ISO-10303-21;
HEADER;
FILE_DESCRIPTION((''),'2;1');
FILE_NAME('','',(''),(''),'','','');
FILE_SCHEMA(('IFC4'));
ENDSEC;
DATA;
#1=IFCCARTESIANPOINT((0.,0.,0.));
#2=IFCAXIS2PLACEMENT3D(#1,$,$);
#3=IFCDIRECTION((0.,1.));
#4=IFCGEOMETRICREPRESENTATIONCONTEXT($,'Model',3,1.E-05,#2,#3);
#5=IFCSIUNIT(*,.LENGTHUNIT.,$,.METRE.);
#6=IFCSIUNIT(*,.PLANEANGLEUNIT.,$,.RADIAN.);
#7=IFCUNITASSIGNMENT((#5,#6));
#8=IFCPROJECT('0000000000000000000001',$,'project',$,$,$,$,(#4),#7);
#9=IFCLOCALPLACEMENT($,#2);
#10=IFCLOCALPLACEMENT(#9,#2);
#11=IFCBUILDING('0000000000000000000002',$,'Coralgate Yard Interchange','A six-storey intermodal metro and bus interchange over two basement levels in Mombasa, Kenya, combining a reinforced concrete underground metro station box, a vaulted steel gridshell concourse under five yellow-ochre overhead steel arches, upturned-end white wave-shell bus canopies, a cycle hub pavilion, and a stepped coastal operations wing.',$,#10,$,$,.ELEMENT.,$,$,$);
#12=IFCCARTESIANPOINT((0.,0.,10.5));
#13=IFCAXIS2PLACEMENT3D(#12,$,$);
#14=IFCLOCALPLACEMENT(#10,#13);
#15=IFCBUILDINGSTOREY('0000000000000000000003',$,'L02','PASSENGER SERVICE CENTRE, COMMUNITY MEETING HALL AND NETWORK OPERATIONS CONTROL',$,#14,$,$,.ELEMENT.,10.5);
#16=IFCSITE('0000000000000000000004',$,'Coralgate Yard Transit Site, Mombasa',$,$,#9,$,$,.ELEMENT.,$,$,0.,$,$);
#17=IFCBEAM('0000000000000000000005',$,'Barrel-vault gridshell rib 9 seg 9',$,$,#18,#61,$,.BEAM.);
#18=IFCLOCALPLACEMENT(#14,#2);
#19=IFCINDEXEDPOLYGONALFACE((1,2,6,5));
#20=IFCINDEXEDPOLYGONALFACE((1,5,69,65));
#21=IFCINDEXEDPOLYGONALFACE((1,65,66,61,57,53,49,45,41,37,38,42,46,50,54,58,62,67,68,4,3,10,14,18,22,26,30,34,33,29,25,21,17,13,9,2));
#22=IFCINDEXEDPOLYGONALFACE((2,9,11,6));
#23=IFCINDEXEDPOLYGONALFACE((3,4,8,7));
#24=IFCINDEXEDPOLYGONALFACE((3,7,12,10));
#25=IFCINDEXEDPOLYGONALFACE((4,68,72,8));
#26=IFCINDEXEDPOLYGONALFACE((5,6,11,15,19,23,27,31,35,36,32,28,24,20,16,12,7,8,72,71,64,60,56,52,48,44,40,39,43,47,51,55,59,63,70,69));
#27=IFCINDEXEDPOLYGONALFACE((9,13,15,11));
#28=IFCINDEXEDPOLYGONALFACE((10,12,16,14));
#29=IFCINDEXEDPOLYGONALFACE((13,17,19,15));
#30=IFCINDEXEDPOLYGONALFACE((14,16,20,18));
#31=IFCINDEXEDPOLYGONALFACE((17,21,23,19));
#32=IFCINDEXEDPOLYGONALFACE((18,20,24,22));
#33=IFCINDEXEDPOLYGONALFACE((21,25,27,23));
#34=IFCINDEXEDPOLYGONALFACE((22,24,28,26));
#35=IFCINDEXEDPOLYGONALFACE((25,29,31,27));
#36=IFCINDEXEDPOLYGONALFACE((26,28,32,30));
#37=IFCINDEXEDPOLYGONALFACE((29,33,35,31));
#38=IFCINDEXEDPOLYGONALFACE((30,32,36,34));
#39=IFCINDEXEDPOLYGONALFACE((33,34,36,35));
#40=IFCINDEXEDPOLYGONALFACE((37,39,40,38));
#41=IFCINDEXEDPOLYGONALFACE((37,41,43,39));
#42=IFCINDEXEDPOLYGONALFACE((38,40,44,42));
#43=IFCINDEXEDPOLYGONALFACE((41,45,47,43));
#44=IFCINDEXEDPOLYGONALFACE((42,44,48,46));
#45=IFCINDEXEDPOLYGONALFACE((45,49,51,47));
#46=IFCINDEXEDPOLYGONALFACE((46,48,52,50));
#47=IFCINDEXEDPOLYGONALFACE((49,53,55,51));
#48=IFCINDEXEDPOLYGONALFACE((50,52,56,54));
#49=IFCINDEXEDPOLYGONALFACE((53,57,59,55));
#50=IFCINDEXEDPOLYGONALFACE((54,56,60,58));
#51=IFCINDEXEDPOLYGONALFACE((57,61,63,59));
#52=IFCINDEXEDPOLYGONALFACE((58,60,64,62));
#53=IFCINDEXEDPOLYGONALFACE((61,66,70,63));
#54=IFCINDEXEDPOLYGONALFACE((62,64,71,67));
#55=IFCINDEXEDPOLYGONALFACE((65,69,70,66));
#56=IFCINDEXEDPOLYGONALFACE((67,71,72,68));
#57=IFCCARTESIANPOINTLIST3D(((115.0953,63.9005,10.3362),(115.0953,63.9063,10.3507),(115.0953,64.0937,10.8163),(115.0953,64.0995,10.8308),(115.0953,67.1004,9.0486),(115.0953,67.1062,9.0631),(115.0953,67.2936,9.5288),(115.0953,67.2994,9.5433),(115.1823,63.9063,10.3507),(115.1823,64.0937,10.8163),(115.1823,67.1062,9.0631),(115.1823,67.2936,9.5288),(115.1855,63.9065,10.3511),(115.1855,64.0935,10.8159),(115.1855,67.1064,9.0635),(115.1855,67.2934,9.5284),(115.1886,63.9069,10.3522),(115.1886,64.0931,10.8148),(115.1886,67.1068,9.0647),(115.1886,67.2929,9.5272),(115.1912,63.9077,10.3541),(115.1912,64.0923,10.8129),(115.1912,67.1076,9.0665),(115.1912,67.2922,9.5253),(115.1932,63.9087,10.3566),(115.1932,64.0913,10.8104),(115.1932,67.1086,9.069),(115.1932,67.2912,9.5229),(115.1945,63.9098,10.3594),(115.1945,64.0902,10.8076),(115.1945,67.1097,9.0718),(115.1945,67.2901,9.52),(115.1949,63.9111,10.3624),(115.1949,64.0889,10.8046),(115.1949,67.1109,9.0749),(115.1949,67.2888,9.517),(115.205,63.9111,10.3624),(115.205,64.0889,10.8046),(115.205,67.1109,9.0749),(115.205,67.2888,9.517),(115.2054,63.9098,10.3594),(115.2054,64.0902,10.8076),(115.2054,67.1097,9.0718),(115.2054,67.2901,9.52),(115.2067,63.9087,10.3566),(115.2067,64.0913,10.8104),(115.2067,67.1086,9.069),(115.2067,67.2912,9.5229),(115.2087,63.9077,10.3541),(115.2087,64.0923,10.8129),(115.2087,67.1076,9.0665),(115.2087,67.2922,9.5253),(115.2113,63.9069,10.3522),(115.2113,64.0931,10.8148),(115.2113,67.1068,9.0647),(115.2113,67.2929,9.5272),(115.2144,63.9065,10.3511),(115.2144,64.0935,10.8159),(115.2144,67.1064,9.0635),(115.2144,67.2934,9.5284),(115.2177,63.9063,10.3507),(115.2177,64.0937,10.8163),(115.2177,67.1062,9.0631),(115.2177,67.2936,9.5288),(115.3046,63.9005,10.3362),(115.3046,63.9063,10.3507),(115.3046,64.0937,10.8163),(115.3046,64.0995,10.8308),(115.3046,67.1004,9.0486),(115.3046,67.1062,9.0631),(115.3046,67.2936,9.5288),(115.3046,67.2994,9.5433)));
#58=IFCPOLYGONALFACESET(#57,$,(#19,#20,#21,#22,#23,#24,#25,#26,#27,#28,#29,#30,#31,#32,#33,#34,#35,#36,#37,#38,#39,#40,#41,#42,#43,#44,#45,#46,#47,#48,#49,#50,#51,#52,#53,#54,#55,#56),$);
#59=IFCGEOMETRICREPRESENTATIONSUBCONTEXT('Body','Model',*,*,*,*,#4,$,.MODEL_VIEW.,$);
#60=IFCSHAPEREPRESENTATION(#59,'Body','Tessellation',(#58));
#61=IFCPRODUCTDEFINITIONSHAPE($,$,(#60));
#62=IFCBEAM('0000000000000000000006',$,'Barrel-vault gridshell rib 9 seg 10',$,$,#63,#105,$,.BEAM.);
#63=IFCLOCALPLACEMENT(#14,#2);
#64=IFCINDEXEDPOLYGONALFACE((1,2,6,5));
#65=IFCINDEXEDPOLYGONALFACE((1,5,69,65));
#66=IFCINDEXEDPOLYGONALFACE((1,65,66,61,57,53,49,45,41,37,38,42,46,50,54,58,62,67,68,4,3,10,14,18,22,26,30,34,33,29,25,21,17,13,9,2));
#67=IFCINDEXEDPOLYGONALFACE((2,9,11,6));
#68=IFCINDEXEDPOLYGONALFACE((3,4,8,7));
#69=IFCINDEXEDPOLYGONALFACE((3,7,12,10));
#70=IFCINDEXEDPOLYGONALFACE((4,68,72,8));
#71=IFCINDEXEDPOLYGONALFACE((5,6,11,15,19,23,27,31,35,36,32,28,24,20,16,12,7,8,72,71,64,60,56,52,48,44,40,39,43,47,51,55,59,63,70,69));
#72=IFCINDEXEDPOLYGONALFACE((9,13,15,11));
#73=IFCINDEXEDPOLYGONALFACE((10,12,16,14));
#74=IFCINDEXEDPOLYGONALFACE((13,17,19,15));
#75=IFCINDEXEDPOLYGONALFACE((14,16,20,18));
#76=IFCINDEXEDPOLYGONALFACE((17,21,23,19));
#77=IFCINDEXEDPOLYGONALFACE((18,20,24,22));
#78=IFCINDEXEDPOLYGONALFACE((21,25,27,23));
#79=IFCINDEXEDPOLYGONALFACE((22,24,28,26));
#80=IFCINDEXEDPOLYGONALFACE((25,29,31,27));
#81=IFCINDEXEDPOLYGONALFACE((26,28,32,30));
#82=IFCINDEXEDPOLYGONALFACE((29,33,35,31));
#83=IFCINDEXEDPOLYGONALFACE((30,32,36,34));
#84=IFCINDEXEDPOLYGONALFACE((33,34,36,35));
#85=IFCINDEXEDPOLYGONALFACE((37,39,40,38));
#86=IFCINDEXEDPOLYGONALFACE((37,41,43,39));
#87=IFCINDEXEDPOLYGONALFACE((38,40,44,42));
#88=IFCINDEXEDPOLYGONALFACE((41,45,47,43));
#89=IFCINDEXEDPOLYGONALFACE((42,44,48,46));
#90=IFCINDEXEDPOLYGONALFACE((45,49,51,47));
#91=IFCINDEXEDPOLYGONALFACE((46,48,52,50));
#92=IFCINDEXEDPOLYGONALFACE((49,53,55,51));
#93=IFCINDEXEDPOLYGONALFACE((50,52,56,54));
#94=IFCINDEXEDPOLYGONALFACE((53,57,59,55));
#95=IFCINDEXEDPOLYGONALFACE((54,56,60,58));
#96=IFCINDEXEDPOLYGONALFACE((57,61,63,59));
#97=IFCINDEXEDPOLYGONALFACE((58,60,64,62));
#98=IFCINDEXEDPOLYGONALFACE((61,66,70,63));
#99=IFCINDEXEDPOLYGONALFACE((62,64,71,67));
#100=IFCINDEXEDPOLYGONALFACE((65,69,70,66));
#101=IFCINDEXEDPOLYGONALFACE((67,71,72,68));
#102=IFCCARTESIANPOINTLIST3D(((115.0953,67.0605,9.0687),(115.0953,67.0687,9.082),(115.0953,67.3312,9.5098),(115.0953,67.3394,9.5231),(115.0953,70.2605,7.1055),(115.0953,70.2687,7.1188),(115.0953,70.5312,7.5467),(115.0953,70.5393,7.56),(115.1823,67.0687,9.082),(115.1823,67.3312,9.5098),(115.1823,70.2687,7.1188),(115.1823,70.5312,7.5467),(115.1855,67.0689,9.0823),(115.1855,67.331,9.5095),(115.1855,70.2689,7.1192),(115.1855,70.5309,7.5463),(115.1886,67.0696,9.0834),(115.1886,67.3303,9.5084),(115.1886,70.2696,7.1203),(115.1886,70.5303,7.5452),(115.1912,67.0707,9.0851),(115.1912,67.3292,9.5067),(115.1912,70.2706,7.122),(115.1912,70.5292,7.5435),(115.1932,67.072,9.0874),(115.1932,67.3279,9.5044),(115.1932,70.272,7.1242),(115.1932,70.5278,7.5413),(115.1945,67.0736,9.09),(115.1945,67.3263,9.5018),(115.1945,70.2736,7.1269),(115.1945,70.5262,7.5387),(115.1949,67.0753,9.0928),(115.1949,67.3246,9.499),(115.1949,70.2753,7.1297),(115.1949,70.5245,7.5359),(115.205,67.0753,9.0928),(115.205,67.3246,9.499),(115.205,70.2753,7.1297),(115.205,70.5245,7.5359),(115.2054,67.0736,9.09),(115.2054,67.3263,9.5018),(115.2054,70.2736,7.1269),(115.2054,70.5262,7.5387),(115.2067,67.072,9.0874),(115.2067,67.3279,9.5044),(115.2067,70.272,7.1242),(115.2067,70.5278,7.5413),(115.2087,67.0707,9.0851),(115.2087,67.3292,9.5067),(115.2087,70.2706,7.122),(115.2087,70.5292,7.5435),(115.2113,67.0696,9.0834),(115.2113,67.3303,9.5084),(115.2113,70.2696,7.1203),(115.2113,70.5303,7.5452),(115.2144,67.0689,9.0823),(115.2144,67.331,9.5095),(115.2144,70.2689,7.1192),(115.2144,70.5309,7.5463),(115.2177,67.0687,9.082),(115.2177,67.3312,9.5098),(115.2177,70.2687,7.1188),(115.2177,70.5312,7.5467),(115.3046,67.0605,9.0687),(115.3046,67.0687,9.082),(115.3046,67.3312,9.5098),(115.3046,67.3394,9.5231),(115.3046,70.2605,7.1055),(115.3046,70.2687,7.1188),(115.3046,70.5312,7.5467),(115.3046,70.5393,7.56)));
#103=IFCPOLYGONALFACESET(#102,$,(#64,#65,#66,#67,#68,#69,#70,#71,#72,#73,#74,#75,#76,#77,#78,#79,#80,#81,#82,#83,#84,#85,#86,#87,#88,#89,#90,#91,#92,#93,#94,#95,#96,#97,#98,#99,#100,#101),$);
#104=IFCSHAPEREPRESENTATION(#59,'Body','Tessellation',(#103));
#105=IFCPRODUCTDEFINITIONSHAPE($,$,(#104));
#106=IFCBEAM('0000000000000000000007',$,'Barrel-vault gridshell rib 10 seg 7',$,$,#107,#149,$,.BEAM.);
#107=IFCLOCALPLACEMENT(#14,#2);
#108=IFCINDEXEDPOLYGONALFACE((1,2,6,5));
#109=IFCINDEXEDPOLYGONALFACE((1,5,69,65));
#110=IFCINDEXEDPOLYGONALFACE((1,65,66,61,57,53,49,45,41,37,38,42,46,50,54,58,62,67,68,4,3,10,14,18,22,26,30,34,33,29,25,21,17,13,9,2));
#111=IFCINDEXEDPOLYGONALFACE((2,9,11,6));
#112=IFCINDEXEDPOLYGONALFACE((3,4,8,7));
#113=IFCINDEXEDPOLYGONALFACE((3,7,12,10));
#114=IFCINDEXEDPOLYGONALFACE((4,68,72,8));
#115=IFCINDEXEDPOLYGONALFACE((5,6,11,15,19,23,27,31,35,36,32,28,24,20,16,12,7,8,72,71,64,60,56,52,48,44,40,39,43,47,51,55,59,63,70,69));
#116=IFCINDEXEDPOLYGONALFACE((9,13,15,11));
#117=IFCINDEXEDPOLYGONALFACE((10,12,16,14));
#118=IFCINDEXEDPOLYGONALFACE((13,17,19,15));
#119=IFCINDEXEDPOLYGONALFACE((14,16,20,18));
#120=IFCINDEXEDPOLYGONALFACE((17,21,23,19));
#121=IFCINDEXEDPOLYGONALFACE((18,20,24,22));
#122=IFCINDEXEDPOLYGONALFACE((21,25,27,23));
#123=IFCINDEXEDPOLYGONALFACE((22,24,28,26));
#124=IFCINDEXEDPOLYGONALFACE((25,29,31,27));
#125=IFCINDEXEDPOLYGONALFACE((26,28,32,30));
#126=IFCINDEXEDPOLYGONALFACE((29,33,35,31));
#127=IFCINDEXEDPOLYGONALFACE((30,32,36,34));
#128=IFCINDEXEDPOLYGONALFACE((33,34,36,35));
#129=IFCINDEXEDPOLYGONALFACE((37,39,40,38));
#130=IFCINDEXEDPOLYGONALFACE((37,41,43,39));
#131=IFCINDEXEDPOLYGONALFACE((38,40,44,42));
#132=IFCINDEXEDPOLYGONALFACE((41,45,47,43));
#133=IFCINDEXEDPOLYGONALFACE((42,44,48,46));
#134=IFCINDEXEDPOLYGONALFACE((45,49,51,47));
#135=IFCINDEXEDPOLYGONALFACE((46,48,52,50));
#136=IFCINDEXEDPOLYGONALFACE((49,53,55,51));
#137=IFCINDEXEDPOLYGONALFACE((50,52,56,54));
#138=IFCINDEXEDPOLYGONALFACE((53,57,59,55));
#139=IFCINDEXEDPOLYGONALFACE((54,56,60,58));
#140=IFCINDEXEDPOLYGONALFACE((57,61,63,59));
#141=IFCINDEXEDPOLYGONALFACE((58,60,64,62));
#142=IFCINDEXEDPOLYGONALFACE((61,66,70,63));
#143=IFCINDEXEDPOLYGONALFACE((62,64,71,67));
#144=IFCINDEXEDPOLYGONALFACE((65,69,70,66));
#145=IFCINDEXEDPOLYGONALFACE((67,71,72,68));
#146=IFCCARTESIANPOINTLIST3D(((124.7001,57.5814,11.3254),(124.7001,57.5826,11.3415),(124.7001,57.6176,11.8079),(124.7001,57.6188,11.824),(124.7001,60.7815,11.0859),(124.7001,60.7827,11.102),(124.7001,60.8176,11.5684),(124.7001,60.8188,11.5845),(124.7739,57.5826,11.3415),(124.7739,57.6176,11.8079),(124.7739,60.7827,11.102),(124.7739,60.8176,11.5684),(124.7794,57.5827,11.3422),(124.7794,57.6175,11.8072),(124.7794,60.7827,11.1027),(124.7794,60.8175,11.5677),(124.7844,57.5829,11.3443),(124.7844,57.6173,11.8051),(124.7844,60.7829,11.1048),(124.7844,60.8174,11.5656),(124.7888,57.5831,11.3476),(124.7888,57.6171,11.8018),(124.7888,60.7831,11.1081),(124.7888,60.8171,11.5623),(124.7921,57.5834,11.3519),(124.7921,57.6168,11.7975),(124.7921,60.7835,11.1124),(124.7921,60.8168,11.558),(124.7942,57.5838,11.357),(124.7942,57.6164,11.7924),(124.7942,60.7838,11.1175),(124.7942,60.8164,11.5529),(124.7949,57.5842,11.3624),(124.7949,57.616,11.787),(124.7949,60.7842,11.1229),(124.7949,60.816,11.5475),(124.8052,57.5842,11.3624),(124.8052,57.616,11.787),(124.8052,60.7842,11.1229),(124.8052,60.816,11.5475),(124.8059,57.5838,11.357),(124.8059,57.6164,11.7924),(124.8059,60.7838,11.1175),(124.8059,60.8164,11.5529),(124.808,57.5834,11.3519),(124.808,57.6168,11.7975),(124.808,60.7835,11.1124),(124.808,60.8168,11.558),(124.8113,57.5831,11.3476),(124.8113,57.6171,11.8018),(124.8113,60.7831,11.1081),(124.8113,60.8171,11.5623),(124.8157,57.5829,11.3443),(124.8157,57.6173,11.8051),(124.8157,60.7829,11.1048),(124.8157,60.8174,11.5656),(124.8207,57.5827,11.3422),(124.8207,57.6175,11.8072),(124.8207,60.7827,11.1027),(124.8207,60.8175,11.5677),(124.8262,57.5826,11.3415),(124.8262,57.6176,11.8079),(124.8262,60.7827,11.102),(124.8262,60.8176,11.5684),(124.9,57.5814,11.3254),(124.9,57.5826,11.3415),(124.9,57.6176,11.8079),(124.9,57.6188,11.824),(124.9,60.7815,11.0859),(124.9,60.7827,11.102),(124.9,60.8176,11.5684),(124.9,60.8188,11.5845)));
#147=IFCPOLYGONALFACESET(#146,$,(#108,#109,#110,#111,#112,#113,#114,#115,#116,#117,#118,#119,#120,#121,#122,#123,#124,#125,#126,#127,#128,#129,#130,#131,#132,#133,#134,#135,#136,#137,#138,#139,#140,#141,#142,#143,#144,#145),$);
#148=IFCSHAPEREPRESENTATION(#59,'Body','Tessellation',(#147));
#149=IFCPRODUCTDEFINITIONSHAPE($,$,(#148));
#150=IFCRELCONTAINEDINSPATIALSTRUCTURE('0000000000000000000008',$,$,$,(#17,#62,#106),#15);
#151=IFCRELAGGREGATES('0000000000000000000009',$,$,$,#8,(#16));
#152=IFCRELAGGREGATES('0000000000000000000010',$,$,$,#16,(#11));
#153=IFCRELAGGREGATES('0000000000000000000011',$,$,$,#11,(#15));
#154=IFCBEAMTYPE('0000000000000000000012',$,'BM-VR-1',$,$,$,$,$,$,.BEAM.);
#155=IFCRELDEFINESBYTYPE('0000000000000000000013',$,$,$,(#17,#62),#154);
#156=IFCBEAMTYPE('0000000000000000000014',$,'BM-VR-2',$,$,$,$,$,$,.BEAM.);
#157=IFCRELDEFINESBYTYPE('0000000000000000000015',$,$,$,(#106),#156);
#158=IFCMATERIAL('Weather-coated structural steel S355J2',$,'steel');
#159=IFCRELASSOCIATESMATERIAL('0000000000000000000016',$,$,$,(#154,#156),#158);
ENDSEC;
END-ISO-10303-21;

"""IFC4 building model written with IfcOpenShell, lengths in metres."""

from ifc_helpers import new_model, si_unit, direction, frame, origin, origin_2d, place, context, subcontext, project, spatial, i_section, extrude, material, material_profile, profile_set, type_object, element, save


model = new_model("IFC4")

# Units and contexts
model_context = context("Model", 3, precision=1e-05, world=origin(), true_north=direction((0.0, 1.0)))
body_context = subcontext(model_context, "Body", "Model", "MODEL_VIEW")
ifc_project = project(units=[si_unit("LENGTHUNIT", "METRE"), si_unit("PLANEANGLEUNIT", "RADIAN")], contexts=[model_context])

# Site, building, storey
site_placement = place(None, origin())
site = spatial("IfcSite", under=ifc_project, at=site_placement, Name="Coralgate Yard Transit Site, Mombasa", CompositionType="ELEMENT", RefElevation=0.0)
building_placement = place(site_placement, origin())
building = spatial("IfcBuilding", under=site, at=building_placement, Name="Coralgate Yard Interchange", Description="A six-storey intermodal metro and bus interchange over two basement levels in Mombasa, Kenya, combining a reinforced concrete underground metro station box, a vaulted steel gridshell concourse under five yellow-ochre overhead steel arches, upturned-end white wave-shell bus canopies, a cycle hub pavilion, and a stepped coastal operations wing.", CompositionType="ELEMENT")
storey_placement = place(building_placement, frame((0.0, 0.0, 10.5)))
storey = spatial("IfcBuildingStorey", under=building, at=storey_placement, Name="L02", Description="PASSENGER SERVICE CENTRE, COMMUNITY MEETING HALL AND NETWORK OPERATIONS CONTROL", CompositionType="ELEMENT", Elevation=10.5)

# Beams
ifc_material_1 = material(Name="Weather-coated structural steel S355J2", Category="steel")
ifc_material_profile_1 = material_profile(ifc_material_1, i_section(OverallWidth=0.2092, OverallDepth=0.5332, WebThickness=0.01, FlangeThickness=0.0156, FilletRadius=0.0127, at=origin_2d()), Name="UB 533x210x92")
ifc_profile_set_1 = profile_set([ifc_material_profile_1], Name="Weather-coated structural steel S355J2")
beam_type_1 = type_object("IfcBeamType", Name="BM-VR-1", PredefinedType="BEAM", material=ifc_profile_set_1)
beam_1_placement = place(storey_placement, frame((115.2, 64.0, 10.5835), z_axis=(0.0, 0.927713, -0.373294), x_axis=(-1.0, 0.0, 0.0)))
element("IfcBeam", 1, at=beam_1_placement, inside=storey, type_object=beam_type_1, Name="Barrel-vault gridshell rib 9 seg 9", PredefinedType="BEAM", context=body_context, shape_type="SweptSolid", body=[
    extrude(i_section(OverallWidth=0.2092, OverallDepth=0.5332, WebThickness=0.01, FlangeThickness=0.0156, FilletRadius=0.0127, at=origin_2d()), origin(), (0.0, 0.0, 1.0), 3.4492),
])
beam_2_placement = place(storey_placement, frame((115.2, 67.2, 9.2959), z_axis=(0.0, 0.852379, -0.522925), x_axis=(-1.0, 0.0, 0.0)))
element("IfcBeam", 2, at=beam_2_placement, inside=storey, type_object=beam_type_1, Name="Barrel-vault gridshell rib 9 seg 10", PredefinedType="BEAM", context=body_context, shape_type="SweptSolid", body=[
    extrude(i_section(OverallWidth=0.2092, OverallDepth=0.5332, WebThickness=0.01, FlangeThickness=0.0156, FilletRadius=0.0127, at=origin_2d()), origin(), (0.0, 0.0, 1.0), 3.7542),
])
ifc_material_profile_2 = material_profile(ifc_material_1, i_section(OverallWidth=0.2, OverallDepth=0.5, WebThickness=0.0103, FlangeThickness=0.0161, FilletRadius=0.021, at=origin_2d()), Name="IPE 500")
ifc_profile_set_2 = profile_set([ifc_material_profile_2], Name="Weather-coated structural steel S355J2")
beam_type_2 = type_object("IfcBeamType", Name="BM-VR-2", PredefinedType="BEAM", material=ifc_profile_set_2)
beam_3_placement = place(storey_placement, frame((124.8, 57.6001, 11.5747), z_axis=(0.0, 0.997211, -0.074637), x_axis=(-1.0, 0.0, 0.0)))
element("IfcBeam", 3, at=beam_3_placement, inside=storey, type_object=beam_type_2, Name="Barrel-vault gridshell rib 10 seg 7", PredefinedType="BEAM", context=body_context, shape_type="SweptSolid", body=[
    extrude(i_section(OverallWidth=0.2, OverallDepth=0.5, WebThickness=0.0103, FlangeThickness=0.0161, FilletRadius=0.021, at=origin_2d()), origin(), (0.0, 0.0, 1.0), 3.209),
])

save(model, "model.ifc")
